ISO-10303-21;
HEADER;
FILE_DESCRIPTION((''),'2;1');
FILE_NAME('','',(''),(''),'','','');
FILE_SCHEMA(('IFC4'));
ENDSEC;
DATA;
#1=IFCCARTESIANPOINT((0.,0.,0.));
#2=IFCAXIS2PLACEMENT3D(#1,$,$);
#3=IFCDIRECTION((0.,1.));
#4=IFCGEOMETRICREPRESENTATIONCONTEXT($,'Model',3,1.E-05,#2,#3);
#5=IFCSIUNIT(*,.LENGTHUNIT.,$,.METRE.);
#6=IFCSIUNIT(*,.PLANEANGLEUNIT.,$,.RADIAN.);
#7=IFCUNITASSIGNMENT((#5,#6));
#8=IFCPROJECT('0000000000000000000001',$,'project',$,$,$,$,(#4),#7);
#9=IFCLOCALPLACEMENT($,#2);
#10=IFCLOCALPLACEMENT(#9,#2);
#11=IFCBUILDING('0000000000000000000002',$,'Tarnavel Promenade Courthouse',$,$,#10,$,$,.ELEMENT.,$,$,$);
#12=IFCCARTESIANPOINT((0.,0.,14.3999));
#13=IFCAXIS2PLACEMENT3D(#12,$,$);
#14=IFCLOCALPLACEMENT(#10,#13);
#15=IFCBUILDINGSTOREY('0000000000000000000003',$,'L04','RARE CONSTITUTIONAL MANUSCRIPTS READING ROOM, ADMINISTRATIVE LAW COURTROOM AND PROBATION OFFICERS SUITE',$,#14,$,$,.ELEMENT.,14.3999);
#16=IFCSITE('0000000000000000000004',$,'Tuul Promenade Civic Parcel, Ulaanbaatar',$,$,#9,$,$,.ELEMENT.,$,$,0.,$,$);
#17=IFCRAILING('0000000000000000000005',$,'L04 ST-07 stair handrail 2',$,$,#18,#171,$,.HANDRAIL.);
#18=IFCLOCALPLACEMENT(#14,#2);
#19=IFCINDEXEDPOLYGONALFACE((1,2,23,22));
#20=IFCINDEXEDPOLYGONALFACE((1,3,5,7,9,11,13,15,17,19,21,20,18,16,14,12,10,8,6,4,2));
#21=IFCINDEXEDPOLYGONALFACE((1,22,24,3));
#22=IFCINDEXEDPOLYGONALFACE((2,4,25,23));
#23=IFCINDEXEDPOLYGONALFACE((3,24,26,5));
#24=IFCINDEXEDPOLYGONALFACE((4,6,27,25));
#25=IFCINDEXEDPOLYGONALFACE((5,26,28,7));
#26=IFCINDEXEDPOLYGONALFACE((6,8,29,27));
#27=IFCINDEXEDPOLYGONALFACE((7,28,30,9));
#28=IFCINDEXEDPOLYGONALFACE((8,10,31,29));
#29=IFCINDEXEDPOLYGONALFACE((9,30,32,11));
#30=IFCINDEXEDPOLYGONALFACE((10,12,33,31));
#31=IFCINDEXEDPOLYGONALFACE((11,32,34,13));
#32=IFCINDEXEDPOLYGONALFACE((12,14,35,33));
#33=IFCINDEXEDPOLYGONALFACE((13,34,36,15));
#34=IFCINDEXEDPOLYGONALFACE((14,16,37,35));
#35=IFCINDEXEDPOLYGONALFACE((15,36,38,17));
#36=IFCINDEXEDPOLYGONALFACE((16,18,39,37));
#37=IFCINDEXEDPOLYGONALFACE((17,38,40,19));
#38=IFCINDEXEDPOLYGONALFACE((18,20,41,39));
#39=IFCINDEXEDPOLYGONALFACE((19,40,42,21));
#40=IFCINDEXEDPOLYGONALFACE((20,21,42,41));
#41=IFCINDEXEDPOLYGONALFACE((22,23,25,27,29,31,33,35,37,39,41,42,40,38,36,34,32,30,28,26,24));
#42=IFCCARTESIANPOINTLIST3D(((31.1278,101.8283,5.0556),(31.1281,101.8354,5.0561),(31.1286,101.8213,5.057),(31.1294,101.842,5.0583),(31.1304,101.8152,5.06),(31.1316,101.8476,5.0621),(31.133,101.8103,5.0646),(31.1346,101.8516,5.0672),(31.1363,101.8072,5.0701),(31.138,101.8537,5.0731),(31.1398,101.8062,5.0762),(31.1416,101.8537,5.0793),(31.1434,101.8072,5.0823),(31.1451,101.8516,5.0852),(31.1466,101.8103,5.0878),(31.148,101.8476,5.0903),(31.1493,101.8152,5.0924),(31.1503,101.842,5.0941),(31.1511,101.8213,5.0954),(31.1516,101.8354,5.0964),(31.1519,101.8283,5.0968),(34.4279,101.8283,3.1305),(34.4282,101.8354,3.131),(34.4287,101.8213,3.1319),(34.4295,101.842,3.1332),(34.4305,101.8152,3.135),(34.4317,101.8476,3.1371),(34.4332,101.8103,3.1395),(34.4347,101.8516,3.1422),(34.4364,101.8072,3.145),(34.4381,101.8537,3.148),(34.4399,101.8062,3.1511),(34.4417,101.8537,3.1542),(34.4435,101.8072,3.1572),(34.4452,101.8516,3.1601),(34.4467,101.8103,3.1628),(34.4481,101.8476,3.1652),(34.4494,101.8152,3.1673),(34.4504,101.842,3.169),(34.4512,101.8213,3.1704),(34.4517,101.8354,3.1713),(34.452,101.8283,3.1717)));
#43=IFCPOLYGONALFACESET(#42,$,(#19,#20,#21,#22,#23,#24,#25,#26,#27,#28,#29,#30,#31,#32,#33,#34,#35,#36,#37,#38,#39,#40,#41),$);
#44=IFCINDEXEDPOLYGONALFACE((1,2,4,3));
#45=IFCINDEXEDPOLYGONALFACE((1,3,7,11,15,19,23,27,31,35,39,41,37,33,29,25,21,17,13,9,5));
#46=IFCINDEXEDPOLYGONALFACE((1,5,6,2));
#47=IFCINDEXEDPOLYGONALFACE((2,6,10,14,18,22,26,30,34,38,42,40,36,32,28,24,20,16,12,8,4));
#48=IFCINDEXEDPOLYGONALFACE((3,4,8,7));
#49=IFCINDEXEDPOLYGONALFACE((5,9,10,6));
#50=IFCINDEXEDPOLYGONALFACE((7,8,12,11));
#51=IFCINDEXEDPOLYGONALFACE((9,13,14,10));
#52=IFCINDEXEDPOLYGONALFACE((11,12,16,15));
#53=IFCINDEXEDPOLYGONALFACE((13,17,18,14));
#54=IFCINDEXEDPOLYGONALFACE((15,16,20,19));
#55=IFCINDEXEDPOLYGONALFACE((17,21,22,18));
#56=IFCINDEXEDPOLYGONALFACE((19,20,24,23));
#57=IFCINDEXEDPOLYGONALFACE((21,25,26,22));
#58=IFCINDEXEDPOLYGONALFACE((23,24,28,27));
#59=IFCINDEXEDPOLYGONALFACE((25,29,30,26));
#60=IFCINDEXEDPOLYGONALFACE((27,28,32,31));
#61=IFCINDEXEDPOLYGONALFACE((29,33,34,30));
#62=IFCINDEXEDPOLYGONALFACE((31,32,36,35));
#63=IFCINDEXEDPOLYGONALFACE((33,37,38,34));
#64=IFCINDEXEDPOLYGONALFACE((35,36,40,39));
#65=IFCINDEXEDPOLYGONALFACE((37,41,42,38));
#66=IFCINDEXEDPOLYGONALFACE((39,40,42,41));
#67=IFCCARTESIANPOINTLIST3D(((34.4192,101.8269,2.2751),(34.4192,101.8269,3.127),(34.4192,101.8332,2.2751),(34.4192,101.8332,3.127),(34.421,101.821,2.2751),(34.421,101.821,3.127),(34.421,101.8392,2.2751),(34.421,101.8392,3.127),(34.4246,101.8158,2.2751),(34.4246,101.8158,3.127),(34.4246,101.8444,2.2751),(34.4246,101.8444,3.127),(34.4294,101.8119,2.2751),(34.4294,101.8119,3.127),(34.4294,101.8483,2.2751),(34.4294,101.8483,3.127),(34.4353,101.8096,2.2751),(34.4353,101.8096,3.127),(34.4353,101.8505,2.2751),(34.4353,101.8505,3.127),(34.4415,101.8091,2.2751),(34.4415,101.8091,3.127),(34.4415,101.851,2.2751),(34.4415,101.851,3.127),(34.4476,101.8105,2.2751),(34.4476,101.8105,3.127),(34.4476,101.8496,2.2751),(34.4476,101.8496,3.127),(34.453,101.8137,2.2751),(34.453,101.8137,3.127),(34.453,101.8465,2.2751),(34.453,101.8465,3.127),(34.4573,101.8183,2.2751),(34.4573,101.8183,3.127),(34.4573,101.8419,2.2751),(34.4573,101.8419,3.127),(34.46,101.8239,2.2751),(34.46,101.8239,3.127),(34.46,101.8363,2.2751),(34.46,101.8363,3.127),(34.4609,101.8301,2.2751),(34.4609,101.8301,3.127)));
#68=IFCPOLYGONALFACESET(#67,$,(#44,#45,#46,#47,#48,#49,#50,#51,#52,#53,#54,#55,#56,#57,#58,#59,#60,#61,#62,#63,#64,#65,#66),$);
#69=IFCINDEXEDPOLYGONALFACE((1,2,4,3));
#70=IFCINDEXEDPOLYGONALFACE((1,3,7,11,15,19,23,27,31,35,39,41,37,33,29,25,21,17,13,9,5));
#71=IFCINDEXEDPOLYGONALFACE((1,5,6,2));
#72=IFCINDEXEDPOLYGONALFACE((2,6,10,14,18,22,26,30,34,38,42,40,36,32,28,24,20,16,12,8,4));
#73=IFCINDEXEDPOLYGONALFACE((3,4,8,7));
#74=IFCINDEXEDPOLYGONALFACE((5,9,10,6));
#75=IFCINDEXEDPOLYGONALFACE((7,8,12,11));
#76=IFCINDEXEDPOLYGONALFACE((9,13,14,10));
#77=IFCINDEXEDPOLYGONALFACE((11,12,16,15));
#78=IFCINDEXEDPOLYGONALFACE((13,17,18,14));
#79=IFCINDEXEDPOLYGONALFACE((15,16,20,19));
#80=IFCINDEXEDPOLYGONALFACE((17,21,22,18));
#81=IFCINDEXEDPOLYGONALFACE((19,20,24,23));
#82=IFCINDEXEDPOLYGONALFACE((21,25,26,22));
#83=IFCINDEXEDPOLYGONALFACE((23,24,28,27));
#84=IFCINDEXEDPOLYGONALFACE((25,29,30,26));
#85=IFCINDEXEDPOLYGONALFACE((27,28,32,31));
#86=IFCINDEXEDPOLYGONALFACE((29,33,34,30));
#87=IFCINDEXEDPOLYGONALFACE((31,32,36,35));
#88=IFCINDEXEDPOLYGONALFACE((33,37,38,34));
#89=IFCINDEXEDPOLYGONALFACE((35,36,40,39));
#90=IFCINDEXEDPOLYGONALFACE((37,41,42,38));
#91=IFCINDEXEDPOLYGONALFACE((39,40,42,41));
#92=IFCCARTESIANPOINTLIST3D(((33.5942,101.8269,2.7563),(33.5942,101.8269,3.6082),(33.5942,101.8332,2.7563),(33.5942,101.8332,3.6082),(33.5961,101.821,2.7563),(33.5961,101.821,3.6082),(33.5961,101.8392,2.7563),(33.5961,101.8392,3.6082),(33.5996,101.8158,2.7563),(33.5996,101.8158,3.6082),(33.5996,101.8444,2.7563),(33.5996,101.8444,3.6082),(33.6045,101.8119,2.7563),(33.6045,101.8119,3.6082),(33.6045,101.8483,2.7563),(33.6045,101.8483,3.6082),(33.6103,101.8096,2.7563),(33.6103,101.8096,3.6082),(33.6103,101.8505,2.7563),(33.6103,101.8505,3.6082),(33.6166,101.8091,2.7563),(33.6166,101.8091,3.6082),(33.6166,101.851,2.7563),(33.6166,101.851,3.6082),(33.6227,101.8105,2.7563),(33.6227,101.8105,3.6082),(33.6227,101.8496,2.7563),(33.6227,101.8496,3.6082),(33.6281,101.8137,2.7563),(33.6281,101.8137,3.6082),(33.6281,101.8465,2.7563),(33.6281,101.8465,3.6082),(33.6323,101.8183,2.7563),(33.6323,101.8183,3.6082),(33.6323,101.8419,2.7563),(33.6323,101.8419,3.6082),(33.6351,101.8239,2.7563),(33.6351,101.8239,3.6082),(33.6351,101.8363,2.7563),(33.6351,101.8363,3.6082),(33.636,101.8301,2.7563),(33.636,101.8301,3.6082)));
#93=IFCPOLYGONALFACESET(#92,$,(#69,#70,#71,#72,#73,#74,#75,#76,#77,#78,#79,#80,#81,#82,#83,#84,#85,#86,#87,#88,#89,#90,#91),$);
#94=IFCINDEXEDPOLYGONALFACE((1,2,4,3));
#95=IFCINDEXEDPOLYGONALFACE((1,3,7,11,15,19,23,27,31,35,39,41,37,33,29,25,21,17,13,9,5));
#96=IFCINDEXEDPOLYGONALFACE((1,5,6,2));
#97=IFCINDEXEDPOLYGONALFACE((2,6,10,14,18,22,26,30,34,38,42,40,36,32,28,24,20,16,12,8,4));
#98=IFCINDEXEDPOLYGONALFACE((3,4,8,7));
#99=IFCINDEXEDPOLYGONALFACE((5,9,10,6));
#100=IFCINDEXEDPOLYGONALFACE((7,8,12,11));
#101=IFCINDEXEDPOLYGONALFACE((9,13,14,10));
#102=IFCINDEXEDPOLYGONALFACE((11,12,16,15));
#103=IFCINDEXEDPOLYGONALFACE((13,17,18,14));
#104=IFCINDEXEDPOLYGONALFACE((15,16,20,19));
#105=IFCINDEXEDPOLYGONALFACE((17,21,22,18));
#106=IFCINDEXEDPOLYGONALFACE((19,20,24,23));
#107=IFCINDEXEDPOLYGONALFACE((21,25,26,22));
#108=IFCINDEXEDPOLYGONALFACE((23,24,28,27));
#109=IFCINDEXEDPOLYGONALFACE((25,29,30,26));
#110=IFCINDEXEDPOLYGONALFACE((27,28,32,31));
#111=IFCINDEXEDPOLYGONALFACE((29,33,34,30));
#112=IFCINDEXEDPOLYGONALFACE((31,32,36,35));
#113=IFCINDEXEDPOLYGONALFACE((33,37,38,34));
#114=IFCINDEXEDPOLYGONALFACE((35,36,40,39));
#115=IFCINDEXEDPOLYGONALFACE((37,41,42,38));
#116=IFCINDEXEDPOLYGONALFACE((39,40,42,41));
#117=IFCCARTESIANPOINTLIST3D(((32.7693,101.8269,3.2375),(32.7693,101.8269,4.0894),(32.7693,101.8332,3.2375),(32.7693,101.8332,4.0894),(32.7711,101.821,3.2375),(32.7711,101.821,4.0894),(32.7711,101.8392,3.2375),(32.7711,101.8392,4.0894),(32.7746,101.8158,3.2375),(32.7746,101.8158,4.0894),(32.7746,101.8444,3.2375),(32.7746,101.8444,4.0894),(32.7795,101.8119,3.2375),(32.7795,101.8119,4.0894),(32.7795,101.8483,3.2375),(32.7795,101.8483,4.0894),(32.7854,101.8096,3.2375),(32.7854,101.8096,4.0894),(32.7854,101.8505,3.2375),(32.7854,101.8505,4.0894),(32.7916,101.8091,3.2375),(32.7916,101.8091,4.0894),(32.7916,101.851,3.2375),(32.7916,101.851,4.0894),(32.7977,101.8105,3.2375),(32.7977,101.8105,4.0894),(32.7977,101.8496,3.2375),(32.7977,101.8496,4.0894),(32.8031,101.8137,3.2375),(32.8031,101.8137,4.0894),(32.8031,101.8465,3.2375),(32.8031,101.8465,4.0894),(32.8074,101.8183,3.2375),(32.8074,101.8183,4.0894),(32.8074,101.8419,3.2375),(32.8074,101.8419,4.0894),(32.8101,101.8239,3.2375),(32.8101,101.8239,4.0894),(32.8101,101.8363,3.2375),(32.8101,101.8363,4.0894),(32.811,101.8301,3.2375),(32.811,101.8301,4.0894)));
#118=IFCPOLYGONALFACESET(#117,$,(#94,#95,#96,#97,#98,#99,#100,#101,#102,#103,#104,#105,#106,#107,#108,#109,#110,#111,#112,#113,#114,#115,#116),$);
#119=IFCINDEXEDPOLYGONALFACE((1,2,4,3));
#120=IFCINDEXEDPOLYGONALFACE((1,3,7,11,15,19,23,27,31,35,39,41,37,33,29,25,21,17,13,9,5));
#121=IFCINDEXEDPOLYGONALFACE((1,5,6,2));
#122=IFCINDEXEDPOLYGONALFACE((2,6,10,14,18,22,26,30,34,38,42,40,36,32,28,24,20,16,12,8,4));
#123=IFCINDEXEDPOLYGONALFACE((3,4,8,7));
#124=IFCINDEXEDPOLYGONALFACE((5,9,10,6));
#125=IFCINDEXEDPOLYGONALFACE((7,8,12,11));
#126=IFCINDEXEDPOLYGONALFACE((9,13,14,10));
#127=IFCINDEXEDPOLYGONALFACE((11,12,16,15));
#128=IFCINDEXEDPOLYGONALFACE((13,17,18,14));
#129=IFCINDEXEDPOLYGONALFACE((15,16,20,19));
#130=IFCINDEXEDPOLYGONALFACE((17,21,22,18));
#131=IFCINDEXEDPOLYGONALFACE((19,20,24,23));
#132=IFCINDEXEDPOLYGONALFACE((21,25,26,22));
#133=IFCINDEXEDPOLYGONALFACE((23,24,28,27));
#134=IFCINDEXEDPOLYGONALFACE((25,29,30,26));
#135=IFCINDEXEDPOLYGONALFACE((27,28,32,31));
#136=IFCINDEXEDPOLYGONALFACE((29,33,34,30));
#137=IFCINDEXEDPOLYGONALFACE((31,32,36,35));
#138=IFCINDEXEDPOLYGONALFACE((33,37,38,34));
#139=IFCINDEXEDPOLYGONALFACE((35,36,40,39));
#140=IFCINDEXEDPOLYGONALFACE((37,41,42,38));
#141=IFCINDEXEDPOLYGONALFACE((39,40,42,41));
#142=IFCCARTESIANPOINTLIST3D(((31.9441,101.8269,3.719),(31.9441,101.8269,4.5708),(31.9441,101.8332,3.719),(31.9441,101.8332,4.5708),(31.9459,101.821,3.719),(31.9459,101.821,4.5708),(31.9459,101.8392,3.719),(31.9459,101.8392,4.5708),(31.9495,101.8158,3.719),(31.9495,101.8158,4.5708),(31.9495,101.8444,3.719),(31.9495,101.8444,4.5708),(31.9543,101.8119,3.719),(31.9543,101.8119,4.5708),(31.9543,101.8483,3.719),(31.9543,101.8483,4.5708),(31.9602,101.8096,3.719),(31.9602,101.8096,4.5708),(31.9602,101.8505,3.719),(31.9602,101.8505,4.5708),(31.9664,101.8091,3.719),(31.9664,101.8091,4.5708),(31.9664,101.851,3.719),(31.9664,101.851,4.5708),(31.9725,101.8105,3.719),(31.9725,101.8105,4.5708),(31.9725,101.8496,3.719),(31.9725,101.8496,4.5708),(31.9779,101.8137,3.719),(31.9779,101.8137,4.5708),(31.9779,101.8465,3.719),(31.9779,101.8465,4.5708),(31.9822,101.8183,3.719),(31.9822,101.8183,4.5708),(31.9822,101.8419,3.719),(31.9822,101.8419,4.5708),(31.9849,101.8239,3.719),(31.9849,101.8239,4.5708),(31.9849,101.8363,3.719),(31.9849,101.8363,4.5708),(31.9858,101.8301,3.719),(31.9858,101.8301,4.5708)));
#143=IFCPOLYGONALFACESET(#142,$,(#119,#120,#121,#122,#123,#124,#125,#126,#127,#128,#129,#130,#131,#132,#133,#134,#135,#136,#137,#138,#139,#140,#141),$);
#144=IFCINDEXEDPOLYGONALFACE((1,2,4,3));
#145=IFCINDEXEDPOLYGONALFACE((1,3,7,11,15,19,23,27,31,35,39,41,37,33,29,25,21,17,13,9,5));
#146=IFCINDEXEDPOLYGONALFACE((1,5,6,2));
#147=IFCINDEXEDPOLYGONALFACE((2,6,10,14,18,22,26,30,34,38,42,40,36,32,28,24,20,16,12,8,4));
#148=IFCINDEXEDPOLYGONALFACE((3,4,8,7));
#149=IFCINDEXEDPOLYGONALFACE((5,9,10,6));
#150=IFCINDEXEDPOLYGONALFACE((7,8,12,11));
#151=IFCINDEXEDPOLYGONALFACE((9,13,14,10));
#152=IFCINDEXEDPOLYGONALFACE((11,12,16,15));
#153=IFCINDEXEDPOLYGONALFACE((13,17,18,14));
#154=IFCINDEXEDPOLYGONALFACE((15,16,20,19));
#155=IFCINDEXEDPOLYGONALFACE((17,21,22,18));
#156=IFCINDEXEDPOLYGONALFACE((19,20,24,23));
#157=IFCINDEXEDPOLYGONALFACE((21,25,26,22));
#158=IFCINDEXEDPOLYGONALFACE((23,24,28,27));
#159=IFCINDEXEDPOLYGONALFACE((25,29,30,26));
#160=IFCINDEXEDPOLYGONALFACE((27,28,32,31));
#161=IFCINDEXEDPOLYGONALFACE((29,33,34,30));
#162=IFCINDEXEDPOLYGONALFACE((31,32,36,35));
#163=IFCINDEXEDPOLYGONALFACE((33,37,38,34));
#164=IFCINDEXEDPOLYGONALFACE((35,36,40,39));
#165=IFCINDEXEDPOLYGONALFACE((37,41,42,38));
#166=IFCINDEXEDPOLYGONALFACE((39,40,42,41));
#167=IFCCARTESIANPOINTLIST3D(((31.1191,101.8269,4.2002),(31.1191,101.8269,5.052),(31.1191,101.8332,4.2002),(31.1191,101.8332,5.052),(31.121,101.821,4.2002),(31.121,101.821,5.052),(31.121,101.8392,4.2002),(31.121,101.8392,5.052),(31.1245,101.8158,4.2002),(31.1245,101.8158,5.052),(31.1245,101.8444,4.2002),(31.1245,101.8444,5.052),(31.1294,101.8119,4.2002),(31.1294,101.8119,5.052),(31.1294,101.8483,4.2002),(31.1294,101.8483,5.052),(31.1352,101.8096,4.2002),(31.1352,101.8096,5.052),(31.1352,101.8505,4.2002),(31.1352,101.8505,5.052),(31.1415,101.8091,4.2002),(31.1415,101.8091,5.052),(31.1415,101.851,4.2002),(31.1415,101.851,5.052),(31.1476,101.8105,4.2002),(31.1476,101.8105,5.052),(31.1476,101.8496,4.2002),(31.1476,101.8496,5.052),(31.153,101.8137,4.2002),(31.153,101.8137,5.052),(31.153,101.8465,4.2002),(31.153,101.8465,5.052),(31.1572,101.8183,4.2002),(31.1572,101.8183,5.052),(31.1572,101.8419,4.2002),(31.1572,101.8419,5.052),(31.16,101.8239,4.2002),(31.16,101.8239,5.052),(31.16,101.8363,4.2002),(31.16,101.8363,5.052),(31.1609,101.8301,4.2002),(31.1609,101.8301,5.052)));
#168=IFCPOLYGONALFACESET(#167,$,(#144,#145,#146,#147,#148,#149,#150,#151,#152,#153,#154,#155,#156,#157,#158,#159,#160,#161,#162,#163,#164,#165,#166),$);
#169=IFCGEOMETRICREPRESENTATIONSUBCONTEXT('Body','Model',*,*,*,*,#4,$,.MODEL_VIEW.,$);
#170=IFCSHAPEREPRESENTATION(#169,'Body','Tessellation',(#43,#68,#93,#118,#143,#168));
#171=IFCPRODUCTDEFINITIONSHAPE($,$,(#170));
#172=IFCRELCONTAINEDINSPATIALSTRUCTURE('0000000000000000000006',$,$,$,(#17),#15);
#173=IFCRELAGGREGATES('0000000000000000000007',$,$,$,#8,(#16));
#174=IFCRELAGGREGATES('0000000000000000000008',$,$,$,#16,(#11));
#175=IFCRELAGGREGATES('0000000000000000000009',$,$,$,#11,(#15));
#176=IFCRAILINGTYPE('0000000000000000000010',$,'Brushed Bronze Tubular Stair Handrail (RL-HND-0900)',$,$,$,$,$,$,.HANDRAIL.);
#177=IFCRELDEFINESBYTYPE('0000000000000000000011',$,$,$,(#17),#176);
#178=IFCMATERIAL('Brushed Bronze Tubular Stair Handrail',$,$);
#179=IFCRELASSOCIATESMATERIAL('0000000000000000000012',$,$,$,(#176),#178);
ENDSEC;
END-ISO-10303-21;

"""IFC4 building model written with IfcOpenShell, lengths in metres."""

from ifc_helpers import new_model, si_unit, direction, frame, origin, origin_2d, place, context, subcontext, project, spatial, circle, extrude, material, type_object, element, save


model = new_model("IFC4")

# Units and contexts
model_context = context("Model", 3, precision=1e-05, world=origin(), true_north=direction((0.0, 1.0)))
body_context = subcontext(model_context, "Body", "Model", "MODEL_VIEW")
ifc_project = project(units=[si_unit("LENGTHUNIT", "METRE"), si_unit("PLANEANGLEUNIT", "RADIAN")], contexts=[model_context])

# Site, building, storey
site_placement = place(None, origin())
site = spatial("IfcSite", under=ifc_project, at=site_placement, Name="Tuul Promenade Civic Parcel, Ulaanbaatar", CompositionType="ELEMENT", RefElevation=0.0)
building_placement = place(site_placement, origin())
building = spatial("IfcBuilding", under=site, at=building_placement, Name="Tarnavel Promenade Courthouse", CompositionType="ELEMENT")
storey_placement = place(building_placement, frame((0.0, 0.0, 14.3999)))
storey = spatial("IfcBuildingStorey", under=building, at=storey_placement, Name="L04", Description="RARE CONSTITUTIONAL MANUSCRIPTS READING ROOM, ADMINISTRATIVE LAW COURTROOM AND PROBATION OFFICERS SUITE", CompositionType="ELEMENT", Elevation=14.3999)

# Railing
ifc_material_1 = material(Name="Brushed Bronze Tubular Stair Handrail")
railing_type_1 = type_object("IfcRailingType", Name="Brushed Bronze Tubular Stair Handrail (RL-HND-0900)", PredefinedType="HANDRAIL", material=ifc_material_1)
railing_1_placement = place(storey_placement, frame((34.4399, 101.8301, 2.2751)))
element("IfcRailing", 1, at=railing_1_placement, inside=storey, type_object=railing_type_1, Name="L04 ST-07 stair handrail 2", PredefinedType="HANDRAIL", context=body_context, shape_type="SweptSolid", body=[
    extrude(circle(Radius=0.0239, at=origin_2d()), frame((0.0, 0.0, 0.876), z_axis=(-0.863777, 0.0, 0.503875), x_axis=(0.0, -1.0, 0.0)), (0.0, 0.0, 1.0), 3.8206),
    extrude(circle(Radius=0.021, at=origin_2d()), origin(), (0.0, 0.0, 1.0), 0.8518),
    extrude(circle(Radius=0.021, at=origin_2d()), frame((-0.825, 0.0, 0.4812)), (0.0, 0.0, 1.0), 0.8518),
    extrude(circle(Radius=0.021, at=origin_2d()), frame((-1.6499, 0.0, 0.9624)), (0.0, 0.0, 1.0), 0.8518),
    extrude(circle(Radius=0.021, at=origin_2d()), frame((-2.4751, 0.0, 1.4438)), (0.0, 0.0, 1.0), 0.8518),
    extrude(circle(Radius=0.021, at=origin_2d()), frame((-3.3, 0.0, 1.925)), (0.0, 0.0, 1.0), 0.8518),
])

save(model, "model.ifc")
